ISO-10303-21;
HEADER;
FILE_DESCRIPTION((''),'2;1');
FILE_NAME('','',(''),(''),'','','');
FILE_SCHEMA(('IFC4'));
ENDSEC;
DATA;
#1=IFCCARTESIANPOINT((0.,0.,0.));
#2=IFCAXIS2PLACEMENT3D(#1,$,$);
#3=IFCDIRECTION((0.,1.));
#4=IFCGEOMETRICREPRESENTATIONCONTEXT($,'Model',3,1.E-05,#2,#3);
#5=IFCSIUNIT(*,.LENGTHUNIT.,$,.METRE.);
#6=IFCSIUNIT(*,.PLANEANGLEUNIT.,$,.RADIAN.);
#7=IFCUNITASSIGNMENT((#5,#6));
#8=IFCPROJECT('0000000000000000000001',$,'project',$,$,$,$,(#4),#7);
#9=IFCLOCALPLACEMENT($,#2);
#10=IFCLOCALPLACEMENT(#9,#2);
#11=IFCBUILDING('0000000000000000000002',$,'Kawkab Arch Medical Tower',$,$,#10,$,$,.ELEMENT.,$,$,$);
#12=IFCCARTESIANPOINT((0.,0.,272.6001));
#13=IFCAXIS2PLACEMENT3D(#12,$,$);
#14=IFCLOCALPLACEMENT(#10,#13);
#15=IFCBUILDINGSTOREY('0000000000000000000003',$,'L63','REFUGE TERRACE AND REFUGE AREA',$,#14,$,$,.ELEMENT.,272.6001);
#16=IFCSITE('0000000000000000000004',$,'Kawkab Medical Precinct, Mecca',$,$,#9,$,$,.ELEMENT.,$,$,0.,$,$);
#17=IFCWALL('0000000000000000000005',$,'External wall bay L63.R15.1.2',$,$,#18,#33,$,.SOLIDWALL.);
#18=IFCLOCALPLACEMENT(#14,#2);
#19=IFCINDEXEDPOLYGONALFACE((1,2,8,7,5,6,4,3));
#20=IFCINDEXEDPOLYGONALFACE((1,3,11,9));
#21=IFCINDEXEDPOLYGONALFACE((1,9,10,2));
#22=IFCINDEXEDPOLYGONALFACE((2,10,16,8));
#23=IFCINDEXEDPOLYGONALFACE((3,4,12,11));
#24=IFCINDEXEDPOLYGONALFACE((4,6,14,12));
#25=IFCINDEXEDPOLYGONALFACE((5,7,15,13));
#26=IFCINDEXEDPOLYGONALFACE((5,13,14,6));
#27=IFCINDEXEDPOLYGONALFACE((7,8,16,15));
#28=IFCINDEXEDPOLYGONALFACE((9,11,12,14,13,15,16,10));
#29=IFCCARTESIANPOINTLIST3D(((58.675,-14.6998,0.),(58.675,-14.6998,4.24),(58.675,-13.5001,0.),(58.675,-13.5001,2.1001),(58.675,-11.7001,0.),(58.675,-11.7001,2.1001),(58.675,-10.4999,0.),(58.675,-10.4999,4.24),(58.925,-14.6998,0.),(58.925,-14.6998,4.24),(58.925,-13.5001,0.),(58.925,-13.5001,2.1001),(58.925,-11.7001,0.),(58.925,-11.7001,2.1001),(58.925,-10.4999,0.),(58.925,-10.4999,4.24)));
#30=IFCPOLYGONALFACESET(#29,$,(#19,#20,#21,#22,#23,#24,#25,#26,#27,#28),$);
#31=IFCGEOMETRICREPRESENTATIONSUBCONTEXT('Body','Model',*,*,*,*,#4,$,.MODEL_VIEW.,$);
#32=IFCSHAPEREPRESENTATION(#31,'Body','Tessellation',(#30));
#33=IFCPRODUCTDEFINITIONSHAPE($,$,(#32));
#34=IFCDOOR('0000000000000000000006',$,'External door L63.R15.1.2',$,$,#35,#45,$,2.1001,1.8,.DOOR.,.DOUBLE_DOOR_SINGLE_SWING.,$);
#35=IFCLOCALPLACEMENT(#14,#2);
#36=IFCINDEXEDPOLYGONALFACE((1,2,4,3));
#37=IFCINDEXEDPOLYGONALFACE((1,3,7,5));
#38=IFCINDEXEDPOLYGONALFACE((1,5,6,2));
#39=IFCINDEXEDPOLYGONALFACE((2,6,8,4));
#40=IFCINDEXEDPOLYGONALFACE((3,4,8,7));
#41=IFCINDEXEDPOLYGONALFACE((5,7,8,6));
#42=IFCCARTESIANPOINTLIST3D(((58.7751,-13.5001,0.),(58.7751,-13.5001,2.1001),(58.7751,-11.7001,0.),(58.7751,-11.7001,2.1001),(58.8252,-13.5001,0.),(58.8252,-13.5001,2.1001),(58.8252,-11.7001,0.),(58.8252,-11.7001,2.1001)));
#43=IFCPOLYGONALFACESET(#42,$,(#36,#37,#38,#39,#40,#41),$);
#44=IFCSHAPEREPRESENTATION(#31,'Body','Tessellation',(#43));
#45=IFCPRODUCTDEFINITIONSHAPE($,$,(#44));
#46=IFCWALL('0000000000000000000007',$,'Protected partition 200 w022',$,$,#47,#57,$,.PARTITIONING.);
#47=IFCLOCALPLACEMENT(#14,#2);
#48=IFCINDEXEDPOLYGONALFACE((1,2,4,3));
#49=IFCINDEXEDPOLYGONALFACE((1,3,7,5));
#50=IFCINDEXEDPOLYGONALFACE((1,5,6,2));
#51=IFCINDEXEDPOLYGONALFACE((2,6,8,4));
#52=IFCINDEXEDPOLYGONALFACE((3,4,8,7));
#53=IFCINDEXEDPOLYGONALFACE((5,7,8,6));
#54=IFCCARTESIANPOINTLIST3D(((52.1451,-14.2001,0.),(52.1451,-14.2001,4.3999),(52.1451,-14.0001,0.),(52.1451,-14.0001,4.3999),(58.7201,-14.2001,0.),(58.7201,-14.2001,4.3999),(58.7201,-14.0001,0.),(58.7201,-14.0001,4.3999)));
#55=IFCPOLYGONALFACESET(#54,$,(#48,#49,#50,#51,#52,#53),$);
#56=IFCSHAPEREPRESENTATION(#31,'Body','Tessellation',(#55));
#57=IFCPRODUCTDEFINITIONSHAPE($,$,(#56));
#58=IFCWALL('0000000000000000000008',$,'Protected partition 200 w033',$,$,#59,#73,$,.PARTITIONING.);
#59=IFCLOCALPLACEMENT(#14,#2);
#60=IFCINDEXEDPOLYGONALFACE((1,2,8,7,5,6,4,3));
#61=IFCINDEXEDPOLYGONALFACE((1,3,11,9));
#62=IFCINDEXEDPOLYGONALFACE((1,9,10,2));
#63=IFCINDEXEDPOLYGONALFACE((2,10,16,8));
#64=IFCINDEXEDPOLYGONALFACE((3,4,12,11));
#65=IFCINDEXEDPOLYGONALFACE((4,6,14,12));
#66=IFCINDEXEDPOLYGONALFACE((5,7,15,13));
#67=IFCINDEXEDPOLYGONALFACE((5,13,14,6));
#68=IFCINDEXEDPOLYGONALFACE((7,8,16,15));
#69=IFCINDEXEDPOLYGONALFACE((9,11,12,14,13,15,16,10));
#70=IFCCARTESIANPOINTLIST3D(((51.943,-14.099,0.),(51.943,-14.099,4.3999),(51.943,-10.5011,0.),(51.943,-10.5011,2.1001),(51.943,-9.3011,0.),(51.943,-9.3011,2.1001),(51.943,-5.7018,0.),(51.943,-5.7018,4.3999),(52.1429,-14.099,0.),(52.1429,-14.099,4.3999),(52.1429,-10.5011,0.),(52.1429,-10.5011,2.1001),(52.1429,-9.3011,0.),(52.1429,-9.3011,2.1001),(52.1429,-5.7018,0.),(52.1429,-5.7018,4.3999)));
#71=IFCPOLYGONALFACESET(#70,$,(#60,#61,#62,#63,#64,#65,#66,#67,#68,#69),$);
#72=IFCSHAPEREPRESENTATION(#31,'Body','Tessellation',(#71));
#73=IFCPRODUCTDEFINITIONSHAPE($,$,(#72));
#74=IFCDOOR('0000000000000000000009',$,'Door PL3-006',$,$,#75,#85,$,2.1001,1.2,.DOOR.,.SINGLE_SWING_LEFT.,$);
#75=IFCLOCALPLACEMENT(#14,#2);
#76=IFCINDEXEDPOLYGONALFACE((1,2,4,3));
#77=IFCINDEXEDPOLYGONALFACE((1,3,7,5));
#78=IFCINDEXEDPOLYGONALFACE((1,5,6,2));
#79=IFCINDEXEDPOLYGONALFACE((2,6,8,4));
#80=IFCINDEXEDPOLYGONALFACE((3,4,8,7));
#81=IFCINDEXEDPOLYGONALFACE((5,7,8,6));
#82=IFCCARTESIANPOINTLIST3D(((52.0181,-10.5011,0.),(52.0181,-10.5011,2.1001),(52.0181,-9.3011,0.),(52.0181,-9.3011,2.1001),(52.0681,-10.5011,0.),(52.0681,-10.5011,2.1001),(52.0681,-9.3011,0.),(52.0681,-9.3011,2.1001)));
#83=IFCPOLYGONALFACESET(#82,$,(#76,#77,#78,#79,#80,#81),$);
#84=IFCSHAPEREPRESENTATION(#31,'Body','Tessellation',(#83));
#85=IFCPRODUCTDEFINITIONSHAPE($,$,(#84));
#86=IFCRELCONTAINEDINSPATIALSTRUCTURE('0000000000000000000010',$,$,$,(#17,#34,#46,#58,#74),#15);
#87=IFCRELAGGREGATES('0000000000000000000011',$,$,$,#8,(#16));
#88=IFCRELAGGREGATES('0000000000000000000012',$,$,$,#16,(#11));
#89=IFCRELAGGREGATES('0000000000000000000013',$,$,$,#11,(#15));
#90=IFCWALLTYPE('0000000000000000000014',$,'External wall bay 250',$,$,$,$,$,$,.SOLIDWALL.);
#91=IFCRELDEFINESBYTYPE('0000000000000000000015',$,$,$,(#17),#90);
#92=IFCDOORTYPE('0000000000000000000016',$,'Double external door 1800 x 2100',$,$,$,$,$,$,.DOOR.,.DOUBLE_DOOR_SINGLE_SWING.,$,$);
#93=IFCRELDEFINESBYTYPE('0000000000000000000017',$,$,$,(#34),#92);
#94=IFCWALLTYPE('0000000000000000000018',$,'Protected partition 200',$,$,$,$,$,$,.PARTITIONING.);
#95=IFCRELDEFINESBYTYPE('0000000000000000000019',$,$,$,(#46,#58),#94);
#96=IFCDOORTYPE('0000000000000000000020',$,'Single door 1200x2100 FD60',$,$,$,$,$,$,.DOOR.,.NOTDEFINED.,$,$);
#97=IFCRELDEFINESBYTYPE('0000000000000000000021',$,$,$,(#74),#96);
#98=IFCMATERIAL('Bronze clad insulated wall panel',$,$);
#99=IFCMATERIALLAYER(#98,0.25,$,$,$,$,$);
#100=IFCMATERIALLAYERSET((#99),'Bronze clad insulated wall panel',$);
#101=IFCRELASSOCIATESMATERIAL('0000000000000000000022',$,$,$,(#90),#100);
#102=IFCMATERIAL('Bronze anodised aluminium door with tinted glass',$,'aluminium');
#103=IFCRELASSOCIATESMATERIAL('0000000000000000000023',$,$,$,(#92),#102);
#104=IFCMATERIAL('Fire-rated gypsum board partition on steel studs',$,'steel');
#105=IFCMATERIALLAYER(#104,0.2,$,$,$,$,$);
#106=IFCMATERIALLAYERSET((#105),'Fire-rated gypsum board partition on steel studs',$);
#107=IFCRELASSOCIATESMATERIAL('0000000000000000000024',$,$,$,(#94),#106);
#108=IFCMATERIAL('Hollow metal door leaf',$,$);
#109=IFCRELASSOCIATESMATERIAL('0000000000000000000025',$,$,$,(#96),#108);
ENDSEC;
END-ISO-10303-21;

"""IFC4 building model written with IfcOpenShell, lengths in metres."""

from ifc_helpers import new_model, si_unit, direction, frame, frame_2d, origin, place, context, subcontext, project, spatial, rectangle, extrude, material, layer, layer_set, type_object, element, fill, save


model = new_model("IFC4")

# Units and contexts
model_context = context("Model", 3, precision=1e-05, world=origin(), true_north=direction((0.0, 1.0)))
body_context = subcontext(model_context, "Body", "Model", "MODEL_VIEW")
ifc_project = project(units=[si_unit("LENGTHUNIT", "METRE"), si_unit("PLANEANGLEUNIT", "RADIAN")], contexts=[model_context])

# Site, building, storey
site_placement = place(None, origin())
site = spatial("IfcSite", under=ifc_project, at=site_placement, Name="Kawkab Medical Precinct, Mecca", CompositionType="ELEMENT", RefElevation=0.0)
building_placement = place(site_placement, origin())
building = spatial("IfcBuilding", under=site, at=building_placement, Name="Kawkab Arch Medical Tower", CompositionType="ELEMENT")
storey_placement = place(building_placement, frame((0.0, 0.0, 272.6001)))
storey = spatial("IfcBuildingStorey", under=building, at=storey_placement, Name="L63", Description="REFUGE TERRACE AND REFUGE AREA", CompositionType="ELEMENT", Elevation=272.6001)

# Wall, opening, door
ifc_material_1 = material(Name="Bronze clad insulated wall panel")
ifc_layer_1 = layer(ifc_material_1, 0.25)
ifc_layer_set_1 = layer_set([ifc_layer_1], Name="Bronze clad insulated wall panel")
wall_type_1 = type_object("IfcWallType", Name="External wall bay 250", PredefinedType="SOLIDWALL", material=ifc_layer_set_1)
wall_1_placement = place(storey_placement, frame((58.8, -14.7, 0.0), z_axis=(0.0, 0.0, 1.0), x_axis=(0.0, 1.0, 0.0)))
wall_1 = element("IfcWall", 1, at=wall_1_placement, inside=storey, type_object=wall_type_1, Name="External wall bay L63.R15.1.2", PredefinedType="SOLIDWALL", context=body_context, shape_type="SweptSolid", body=[
    extrude(rectangle(XDim=4.2, YDim=0.25, at=frame_2d((2.1001, 0.0))), origin(), (0.0, 0.0, 1.0), 4.24),
])
opening_1_placement = place(wall_1_placement, frame((1.2, 0.0, 0.0)))
opening_1 = element("IfcOpeningElement", 2, at=opening_1_placement, cuts=wall_1, PredefinedType="OPENING", context=body_context, shape_type="SweptSolid", body=[
    extrude(rectangle(XDim=1.8, YDim=2.1001, at=frame_2d((0.8999, 1.05))), frame((0.0, 0.135, 0.0), z_axis=(0.0, -1.0, 0.0), x_axis=(1.0, 0.0, 0.0)), (0.0, 0.0, 1.0), 0.27),
])
ifc_material_2 = material(Name="Bronze anodised aluminium door with tinted glass", Category="aluminium")
door_type_1 = type_object("IfcDoorType", Name="Double external door 1800 x 2100", OperationType="DOUBLE_DOOR_SINGLE_SWING", PredefinedType="DOOR", material=ifc_material_2)
door_1_placement = place(opening_1_placement, origin())
door_1 = element("IfcDoor", 3, at=door_1_placement, inside=storey, type_object=door_type_1, Name="External door L63.R15.1.2", OperationType="DOUBLE_DOOR_SINGLE_SWING", OverallHeight=2.1001, OverallWidth=1.8, PredefinedType="DOOR", context=body_context, shape_type="SweptSolid", body=[
    extrude(rectangle(XDim=1.8, YDim=2.1001, at=frame_2d((0.8999, 1.05))), frame((0.0, 0.0249, 0.0), z_axis=(0.0, -1.0, 0.0), x_axis=(1.0, 0.0, 0.0)), (0.0, 0.0, 1.0), 0.05),
])
fill(opening_1, door_1)

# Wall
ifc_material_3 = material(Name="Fire-rated gypsum board partition on steel studs", Category="steel")
ifc_layer_2 = layer(ifc_material_3, 0.2)
ifc_layer_set_2 = layer_set([ifc_layer_2], Name="Fire-rated gypsum board partition on steel studs")
wall_type_2 = type_object("IfcWallType", Name="Protected partition 200", PredefinedType="PARTITIONING", material=ifc_layer_set_2)
wall_2_placement = place(storey_placement, frame((52.145, -14.1001, 0.0), z_axis=(0.0, 0.0, 1.0), x_axis=(1.0, 0.0, 0.0)))
element("IfcWall", 4, at=wall_2_placement, inside=storey, type_object=wall_type_2, Name="Protected partition 200 w022", PredefinedType="PARTITIONING", context=body_context, shape_type="SweptSolid", body=[
    extrude(rectangle(XDim=6.575, YDim=0.2, at=frame_2d((3.2876, 0.0))), origin(), (0.0, 0.0, 1.0), 4.3999),
])

# Wall, opening, door
wall_3_placement = place(storey_placement, frame((52.043, -14.0991, 0.0), z_axis=(0.0, 0.0, 1.0), x_axis=(0.0, 1.0, 0.0)))
wall_3 = element("IfcWall", 5, at=wall_3_placement, inside=storey, type_object=wall_type_2, Name="Protected partition 200 w033", PredefinedType="PARTITIONING", context=body_context, shape_type="SweptSolid", body=[
    extrude(rectangle(XDim=8.3972, YDim=0.2, at=frame_2d((4.1987, 0.0))), origin(), (0.0, 0.0, 1.0), 4.3999),
])
opening_2_placement = place(wall_3_placement, frame((3.5979, 0.0, 0.0)))
opening_2 = element("IfcOpeningElement", 6, at=opening_2_placement, cuts=wall_3, PredefinedType="OPENING", context=body_context, shape_type="SweptSolid", body=[
    extrude(rectangle(XDim=1.2, YDim=2.1001, at=frame_2d((0.6001, 1.05))), frame((0.0, 0.1099, 0.0), z_axis=(0.0, -1.0, 0.0), x_axis=(1.0, 0.0, 0.0)), (0.0, 0.0, 1.0), 0.22),
])
ifc_material_4 = material(Name="Hollow metal door leaf")
door_type_2 = type_object("IfcDoorType", Name="Single door 1200x2100 FD60", OperationType="NOTDEFINED", PredefinedType="DOOR", material=ifc_material_4)
door_2_placement = place(opening_2_placement, origin())
door_2 = element("IfcDoor", 7, at=door_2_placement, inside=storey, type_object=door_type_2, Name="Door PL3-006", OperationType="SINGLE_SWING_LEFT", OverallHeight=2.1001, OverallWidth=1.2, PredefinedType="DOOR", context=body_context, shape_type="SweptSolid", body=[
    extrude(rectangle(XDim=1.2, YDim=2.1001, at=frame_2d((0.6001, 1.05))), frame((0.0, 0.0249, 0.0), z_axis=(0.0, -1.0, 0.0), x_axis=(1.0, 0.0, 0.0)), (0.0, 0.0, 1.0), 0.05),
])
fill(opening_2, door_2)

save(model, "model.ifc")
